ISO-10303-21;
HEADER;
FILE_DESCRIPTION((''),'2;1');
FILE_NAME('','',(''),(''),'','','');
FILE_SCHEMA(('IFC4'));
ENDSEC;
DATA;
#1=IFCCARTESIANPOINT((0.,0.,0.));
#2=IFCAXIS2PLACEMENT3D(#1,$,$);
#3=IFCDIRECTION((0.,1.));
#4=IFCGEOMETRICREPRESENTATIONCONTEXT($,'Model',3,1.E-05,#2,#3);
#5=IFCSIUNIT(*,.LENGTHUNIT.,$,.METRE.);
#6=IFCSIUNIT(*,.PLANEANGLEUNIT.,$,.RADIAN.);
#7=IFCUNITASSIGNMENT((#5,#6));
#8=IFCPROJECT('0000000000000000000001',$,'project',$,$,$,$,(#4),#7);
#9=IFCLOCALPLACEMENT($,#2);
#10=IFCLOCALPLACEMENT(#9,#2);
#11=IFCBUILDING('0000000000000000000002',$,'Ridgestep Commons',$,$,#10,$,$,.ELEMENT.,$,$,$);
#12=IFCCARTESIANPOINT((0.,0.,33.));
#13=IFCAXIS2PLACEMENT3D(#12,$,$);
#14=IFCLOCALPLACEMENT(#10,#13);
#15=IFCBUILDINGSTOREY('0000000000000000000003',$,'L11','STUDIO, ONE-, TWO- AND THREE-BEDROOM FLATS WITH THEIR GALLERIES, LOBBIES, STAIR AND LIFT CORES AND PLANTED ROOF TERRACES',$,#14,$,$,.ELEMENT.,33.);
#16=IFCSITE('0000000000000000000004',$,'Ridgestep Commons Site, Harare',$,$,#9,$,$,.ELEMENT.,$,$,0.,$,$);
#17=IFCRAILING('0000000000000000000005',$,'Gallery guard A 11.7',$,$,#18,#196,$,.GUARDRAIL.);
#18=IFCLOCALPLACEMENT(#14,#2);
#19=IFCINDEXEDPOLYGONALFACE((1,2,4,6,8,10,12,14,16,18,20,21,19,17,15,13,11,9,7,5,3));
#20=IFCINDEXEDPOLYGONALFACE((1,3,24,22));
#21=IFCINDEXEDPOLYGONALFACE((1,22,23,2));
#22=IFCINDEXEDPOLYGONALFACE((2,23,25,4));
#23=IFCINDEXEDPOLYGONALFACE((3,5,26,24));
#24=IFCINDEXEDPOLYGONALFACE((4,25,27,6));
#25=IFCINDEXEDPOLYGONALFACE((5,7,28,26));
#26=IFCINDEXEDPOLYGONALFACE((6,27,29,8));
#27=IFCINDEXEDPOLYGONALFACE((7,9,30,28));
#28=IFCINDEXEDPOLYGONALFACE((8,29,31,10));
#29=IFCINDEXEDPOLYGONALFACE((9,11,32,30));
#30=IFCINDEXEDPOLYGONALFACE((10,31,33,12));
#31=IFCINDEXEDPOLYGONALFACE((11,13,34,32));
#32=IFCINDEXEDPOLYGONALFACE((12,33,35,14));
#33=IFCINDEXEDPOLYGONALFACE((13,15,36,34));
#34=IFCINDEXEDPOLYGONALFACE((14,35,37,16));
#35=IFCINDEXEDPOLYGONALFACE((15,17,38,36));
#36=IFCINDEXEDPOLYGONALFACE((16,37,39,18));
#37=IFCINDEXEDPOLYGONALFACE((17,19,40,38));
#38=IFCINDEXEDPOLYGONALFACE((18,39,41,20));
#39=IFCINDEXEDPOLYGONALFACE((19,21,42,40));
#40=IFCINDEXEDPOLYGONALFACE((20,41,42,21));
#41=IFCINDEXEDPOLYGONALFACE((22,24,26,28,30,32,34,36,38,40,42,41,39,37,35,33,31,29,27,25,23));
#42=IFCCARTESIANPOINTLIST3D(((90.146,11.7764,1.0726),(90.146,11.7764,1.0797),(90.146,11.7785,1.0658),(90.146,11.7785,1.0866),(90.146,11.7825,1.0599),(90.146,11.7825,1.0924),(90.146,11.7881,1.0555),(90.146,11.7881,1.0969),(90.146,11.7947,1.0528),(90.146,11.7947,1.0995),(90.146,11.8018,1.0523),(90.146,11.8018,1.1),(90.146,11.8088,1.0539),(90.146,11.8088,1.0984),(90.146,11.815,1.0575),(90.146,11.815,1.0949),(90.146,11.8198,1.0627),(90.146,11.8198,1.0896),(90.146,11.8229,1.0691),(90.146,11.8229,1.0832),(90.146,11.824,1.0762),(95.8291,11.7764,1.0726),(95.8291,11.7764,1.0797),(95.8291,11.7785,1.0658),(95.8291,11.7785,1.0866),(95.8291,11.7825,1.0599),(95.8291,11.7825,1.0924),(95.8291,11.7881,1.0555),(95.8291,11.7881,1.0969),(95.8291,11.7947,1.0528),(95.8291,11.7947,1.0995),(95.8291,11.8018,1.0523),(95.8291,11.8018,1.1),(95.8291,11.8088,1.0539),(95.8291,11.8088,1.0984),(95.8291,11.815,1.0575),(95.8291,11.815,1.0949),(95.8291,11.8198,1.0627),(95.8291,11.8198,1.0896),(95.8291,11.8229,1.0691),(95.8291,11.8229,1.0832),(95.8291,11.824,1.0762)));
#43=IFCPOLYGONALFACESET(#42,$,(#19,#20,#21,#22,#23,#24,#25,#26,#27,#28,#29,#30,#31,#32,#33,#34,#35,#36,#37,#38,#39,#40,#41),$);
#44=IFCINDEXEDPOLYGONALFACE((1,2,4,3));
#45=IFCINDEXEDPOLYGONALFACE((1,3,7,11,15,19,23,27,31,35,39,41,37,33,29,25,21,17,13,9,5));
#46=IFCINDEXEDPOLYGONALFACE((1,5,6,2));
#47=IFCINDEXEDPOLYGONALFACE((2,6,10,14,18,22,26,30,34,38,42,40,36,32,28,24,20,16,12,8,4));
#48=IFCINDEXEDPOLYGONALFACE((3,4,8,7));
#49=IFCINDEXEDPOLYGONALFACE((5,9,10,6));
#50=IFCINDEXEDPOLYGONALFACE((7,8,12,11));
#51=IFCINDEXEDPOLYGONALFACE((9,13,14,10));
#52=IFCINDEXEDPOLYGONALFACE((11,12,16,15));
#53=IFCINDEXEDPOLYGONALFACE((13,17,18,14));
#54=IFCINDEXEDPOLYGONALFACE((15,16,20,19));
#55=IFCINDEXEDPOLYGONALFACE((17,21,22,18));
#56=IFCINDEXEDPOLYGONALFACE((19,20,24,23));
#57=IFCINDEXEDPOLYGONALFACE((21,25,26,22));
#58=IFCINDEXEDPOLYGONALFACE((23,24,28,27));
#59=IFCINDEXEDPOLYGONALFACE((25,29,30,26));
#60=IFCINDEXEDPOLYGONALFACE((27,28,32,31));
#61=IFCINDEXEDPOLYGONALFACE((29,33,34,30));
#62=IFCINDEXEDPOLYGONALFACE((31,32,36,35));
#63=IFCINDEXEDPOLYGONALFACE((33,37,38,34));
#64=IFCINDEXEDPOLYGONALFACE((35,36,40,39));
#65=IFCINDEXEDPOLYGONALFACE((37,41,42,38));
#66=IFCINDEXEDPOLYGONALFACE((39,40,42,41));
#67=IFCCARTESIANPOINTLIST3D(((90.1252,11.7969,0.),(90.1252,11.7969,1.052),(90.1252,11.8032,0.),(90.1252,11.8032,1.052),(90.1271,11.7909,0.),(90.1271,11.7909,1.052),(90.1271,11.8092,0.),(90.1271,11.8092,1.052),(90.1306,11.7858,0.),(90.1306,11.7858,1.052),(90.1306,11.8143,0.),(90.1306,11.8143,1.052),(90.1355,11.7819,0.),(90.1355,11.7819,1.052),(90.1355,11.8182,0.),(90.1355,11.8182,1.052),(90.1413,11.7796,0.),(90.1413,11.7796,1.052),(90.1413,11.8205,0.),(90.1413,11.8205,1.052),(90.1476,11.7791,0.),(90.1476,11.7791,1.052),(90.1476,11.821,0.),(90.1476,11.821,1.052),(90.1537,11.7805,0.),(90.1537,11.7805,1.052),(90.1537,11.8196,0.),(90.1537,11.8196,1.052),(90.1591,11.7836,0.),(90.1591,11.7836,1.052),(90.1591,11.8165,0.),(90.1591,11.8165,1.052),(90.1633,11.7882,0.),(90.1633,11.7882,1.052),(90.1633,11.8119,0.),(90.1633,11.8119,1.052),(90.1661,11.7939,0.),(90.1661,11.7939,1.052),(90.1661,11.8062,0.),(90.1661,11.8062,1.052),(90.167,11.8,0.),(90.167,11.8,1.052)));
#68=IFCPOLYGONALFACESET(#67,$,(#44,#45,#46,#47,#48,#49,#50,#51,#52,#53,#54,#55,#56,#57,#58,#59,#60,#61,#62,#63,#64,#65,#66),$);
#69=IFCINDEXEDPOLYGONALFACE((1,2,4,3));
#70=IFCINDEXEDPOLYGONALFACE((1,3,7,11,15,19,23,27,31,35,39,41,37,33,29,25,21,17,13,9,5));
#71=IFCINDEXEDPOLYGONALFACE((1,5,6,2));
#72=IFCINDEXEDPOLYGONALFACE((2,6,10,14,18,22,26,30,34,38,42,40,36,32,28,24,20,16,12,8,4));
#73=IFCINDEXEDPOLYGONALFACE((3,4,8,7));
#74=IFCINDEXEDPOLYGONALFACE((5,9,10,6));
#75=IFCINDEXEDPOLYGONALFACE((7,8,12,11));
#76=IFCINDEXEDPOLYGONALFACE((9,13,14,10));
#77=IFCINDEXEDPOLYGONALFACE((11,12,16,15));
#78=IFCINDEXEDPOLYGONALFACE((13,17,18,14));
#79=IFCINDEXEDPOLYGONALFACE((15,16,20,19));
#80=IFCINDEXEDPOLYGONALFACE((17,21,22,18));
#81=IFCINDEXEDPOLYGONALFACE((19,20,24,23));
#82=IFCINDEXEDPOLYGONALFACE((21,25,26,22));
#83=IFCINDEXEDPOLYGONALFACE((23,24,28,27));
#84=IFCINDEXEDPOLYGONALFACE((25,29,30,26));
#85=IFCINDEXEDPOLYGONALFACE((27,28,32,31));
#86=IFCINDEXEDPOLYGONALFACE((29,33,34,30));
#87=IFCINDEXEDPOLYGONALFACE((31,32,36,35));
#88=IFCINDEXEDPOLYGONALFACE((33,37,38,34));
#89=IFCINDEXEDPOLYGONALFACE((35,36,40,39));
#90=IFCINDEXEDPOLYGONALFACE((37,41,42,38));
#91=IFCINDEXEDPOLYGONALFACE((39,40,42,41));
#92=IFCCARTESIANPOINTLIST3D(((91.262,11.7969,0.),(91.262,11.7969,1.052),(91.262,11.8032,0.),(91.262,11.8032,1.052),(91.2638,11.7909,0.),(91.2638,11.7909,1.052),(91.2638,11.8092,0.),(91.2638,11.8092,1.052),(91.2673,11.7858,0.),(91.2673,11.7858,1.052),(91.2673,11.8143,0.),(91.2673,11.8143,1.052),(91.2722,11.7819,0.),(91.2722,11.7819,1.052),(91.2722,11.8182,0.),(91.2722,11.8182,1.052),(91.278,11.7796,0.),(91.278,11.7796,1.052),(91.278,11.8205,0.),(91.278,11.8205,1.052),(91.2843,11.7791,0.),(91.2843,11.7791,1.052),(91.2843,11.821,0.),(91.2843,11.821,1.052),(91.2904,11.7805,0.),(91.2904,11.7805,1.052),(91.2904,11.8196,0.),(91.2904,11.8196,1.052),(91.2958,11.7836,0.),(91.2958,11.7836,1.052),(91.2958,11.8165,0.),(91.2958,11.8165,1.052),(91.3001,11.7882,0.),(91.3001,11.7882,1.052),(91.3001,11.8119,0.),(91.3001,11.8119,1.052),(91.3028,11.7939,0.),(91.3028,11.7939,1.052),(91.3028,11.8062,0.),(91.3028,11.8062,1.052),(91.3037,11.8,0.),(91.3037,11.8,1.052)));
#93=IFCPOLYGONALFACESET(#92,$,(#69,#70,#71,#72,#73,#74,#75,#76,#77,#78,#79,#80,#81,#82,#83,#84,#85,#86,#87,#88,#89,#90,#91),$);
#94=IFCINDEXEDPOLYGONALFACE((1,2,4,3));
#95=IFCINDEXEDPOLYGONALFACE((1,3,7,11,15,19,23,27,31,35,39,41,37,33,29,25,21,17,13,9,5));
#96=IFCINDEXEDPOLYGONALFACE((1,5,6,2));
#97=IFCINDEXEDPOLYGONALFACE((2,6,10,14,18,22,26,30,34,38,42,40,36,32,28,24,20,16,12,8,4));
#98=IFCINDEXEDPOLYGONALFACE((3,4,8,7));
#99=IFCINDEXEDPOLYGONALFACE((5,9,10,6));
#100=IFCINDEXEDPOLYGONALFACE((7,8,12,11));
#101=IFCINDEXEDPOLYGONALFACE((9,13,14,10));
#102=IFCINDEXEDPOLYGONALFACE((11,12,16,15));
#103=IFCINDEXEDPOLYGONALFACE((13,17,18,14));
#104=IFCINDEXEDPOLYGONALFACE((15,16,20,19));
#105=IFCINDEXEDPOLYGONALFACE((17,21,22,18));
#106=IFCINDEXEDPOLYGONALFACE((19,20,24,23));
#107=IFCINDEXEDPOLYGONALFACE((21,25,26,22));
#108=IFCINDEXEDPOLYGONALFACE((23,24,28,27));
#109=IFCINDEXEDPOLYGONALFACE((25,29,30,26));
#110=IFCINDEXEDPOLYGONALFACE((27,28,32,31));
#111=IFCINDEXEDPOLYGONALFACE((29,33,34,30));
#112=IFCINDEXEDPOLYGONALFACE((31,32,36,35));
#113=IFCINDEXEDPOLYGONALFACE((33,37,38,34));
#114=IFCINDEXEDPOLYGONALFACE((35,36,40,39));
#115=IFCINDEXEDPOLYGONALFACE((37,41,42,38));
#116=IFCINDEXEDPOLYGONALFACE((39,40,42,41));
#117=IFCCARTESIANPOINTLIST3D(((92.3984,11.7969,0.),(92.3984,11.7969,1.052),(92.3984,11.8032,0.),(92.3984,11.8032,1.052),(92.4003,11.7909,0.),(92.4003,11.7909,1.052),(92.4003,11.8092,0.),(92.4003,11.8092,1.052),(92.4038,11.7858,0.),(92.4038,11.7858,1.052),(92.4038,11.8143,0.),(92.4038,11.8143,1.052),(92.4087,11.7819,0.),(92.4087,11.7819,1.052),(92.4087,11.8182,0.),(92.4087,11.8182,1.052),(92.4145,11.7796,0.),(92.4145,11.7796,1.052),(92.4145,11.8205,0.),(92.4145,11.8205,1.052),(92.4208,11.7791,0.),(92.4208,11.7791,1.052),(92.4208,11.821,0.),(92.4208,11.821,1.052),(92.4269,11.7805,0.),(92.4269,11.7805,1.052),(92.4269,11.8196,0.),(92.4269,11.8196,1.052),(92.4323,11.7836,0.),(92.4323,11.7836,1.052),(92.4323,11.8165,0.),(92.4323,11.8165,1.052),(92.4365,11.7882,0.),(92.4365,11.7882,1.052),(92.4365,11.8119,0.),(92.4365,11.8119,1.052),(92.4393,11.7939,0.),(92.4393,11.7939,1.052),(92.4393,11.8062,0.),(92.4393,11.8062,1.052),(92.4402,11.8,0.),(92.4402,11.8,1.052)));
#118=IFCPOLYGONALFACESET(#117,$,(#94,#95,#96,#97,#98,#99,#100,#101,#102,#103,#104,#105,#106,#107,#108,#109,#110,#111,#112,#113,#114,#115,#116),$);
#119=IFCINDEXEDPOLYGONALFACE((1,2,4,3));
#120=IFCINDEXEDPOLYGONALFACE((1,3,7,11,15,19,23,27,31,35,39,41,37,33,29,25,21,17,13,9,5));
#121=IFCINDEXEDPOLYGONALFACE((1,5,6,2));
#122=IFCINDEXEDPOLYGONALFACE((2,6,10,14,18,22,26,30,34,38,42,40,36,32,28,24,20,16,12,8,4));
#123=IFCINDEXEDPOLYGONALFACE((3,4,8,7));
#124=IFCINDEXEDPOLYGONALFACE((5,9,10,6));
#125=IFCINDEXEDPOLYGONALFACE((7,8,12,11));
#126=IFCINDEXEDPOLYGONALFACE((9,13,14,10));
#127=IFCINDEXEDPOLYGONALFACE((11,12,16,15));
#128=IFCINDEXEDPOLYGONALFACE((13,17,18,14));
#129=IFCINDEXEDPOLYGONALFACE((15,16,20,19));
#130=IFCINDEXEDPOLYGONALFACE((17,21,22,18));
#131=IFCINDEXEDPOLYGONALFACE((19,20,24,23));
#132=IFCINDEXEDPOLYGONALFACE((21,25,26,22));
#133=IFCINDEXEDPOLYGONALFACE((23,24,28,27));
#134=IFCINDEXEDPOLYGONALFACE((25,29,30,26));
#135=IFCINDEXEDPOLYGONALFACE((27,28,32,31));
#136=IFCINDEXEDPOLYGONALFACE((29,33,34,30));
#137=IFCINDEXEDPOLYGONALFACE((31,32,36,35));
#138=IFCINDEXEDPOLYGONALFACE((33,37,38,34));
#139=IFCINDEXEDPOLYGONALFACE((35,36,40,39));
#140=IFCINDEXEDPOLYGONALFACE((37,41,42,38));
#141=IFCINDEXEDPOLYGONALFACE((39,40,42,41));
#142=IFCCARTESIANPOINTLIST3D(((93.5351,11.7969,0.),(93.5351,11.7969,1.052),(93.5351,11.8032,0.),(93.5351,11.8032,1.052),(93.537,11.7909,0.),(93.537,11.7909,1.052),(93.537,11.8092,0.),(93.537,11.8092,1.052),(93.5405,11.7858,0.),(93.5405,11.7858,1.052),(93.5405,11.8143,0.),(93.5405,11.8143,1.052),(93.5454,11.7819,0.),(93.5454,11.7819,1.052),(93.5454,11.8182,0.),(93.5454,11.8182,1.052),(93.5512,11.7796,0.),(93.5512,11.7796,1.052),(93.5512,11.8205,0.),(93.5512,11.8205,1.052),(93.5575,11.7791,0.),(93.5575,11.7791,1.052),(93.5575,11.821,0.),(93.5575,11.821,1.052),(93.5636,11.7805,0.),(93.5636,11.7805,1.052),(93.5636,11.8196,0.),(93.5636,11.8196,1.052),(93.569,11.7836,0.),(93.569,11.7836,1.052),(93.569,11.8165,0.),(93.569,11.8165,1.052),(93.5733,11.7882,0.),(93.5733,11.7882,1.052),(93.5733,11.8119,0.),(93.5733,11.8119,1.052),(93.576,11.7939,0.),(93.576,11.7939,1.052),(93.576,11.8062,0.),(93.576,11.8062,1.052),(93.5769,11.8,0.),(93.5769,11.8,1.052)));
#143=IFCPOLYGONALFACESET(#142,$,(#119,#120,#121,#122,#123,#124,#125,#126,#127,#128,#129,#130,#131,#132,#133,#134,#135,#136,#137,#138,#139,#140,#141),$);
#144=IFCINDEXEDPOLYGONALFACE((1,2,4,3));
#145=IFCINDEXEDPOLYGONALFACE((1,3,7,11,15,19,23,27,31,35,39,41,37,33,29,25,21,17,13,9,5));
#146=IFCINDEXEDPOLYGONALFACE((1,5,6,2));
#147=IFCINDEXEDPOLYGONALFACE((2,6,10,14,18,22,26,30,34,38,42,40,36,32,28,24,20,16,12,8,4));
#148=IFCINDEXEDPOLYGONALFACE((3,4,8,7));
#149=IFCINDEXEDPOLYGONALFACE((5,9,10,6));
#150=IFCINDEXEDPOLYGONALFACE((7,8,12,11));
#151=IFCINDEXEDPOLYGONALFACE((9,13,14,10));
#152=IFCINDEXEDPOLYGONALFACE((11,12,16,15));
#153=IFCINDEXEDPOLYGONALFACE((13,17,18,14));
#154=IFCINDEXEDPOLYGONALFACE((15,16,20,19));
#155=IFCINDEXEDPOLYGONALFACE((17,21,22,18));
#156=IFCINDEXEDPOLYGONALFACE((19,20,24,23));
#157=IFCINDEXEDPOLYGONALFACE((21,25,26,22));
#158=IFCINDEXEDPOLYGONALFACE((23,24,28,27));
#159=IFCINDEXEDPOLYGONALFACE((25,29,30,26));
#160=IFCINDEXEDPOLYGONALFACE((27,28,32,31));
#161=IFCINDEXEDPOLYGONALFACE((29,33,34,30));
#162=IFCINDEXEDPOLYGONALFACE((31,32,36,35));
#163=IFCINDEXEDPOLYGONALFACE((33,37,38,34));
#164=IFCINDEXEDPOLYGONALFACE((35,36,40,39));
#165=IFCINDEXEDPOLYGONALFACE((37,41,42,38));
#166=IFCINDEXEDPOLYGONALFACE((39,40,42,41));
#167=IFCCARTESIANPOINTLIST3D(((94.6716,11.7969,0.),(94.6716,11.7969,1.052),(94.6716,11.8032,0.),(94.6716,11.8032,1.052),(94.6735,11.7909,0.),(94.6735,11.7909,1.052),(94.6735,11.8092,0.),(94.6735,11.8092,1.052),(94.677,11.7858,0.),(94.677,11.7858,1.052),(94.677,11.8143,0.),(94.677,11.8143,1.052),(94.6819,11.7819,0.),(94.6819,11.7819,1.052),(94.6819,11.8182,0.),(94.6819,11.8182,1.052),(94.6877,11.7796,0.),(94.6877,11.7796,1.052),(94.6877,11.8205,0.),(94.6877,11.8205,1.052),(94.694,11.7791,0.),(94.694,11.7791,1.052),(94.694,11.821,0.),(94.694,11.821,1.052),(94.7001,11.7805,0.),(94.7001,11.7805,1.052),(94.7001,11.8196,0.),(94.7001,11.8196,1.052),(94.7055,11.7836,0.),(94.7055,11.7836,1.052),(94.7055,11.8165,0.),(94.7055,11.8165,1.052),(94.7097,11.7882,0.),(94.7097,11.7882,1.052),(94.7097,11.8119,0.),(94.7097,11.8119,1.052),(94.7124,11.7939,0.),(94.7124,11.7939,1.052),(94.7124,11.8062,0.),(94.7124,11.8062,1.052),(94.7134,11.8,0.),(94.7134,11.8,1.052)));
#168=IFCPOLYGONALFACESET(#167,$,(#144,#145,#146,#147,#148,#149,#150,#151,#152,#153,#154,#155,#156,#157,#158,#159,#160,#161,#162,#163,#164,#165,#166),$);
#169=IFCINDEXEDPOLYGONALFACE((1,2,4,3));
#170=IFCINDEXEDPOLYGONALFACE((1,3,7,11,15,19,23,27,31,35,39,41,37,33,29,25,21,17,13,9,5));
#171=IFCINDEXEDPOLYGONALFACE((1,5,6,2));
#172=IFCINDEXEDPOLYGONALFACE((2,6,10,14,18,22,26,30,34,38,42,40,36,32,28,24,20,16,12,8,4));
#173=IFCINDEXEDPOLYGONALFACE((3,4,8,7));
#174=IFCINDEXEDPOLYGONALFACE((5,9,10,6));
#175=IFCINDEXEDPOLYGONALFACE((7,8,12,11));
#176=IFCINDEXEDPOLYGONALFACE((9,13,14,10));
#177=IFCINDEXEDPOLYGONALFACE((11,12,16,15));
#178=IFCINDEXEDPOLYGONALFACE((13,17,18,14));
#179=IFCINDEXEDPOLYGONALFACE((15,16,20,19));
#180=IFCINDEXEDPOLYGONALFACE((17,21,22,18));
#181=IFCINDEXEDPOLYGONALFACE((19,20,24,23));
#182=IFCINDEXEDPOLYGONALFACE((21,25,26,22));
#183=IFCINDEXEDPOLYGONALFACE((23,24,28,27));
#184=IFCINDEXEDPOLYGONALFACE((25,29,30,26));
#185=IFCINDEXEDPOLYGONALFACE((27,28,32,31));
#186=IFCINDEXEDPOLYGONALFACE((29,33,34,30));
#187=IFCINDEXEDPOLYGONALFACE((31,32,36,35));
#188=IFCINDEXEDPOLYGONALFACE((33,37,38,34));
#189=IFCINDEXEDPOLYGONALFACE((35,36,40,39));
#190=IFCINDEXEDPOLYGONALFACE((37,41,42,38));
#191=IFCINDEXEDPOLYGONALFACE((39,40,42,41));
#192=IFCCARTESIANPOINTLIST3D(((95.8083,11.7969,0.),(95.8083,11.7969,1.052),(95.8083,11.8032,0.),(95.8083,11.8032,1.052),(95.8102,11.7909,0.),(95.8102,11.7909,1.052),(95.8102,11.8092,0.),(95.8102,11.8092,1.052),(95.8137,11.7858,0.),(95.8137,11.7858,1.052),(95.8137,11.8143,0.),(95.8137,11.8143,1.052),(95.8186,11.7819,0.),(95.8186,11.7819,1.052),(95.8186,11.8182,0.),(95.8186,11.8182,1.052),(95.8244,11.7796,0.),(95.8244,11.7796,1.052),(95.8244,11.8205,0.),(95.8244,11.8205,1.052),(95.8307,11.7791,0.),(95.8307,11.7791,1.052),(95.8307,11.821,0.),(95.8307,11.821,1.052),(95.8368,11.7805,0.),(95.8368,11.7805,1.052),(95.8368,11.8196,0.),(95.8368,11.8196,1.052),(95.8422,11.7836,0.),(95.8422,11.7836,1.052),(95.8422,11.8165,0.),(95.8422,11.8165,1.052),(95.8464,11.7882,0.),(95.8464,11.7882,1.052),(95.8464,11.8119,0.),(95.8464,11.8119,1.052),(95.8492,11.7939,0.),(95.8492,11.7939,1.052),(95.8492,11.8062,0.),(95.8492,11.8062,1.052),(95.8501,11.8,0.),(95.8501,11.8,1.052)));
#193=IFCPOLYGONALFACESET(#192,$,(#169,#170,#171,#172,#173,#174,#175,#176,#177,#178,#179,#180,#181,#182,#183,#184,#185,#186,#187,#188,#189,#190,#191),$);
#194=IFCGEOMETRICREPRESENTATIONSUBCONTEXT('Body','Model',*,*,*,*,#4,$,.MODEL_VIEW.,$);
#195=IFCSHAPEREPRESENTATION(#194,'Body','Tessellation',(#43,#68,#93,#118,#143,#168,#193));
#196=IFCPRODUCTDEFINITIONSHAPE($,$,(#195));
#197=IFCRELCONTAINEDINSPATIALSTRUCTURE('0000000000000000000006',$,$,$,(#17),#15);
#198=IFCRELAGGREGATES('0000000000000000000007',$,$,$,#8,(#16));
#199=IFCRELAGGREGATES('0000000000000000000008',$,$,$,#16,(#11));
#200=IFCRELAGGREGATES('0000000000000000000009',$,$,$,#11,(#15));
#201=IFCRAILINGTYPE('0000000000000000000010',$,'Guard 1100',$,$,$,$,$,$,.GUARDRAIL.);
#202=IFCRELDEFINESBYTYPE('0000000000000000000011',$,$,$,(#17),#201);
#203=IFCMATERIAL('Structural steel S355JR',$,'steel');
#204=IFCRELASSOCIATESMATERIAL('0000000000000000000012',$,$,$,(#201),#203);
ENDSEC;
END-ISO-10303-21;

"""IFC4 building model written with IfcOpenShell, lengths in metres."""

from ifc_helpers import new_model, si_unit, direction, frame, origin, origin_2d, place, context, subcontext, project, spatial, circle, extrude, material, type_object, element, save


model = new_model("IFC4")

# Units and contexts
model_context = context("Model", 3, precision=1e-05, world=origin(), true_north=direction((0.0, 1.0)))
body_context = subcontext(model_context, "Body", "Model", "MODEL_VIEW")
ifc_project = project(units=[si_unit("LENGTHUNIT", "METRE"), si_unit("PLANEANGLEUNIT", "RADIAN")], contexts=[model_context])

# Site, building, storey
site_placement = place(None, origin())
site = spatial("IfcSite", under=ifc_project, at=site_placement, Name="Ridgestep Commons Site, Harare", CompositionType="ELEMENT", RefElevation=0.0)
building_placement = place(site_placement, origin())
building = spatial("IfcBuilding", under=site, at=building_placement, Name="Ridgestep Commons", CompositionType="ELEMENT")
storey_placement = place(building_placement, frame((0.0, 0.0, 33.0)))
storey = spatial("IfcBuildingStorey", under=building, at=storey_placement, Name="L11", Description="STUDIO, ONE-, TWO- AND THREE-BEDROOM FLATS WITH THEIR GALLERIES, LOBBIES, STAIR AND LIFT CORES AND PLANTED ROOF TERRACES", CompositionType="ELEMENT", Elevation=33.0)

# Railing
ifc_material_1 = material(Name="Structural steel S355JR", Category="steel")
railing_type_1 = type_object("IfcRailingType", Name="Guard 1100", PredefinedType="GUARDRAIL", material=ifc_material_1)
railing_1_placement = place(storey_placement, frame((90.146, 11.8, 0.0)))
element("IfcRailing", 1, at=railing_1_placement, inside=storey, type_object=railing_type_1, Name="Gallery guard A 11.7", PredefinedType="GUARDRAIL", context=body_context, shape_type="SweptSolid", body=[
    extrude(circle(Radius=0.0239, at=origin_2d()), frame((0.0, 0.0, 1.0762), z_axis=(1.0, 0.0, 0.0), x_axis=(0.0, 1.0, 0.0)), (0.0, 0.0, 1.0), 5.6831),
    extrude(circle(Radius=0.021, at=origin_2d()), origin(), (0.0, 0.0, 1.0), 1.052),
    extrude(circle(Radius=0.021, at=origin_2d()), frame((1.1367, 0.0, 0.0)), (0.0, 0.0, 1.0), 1.052),
    extrude(circle(Radius=0.021, at=origin_2d()), frame((2.2732, 0.0, 0.0)), (0.0, 0.0, 1.0), 1.052),
    extrude(circle(Radius=0.021, at=origin_2d()), frame((3.4099, 0.0, 0.0)), (0.0, 0.0, 1.0), 1.052),
    extrude(circle(Radius=0.021, at=origin_2d()), frame((4.5464, 0.0, 0.0)), (0.0, 0.0, 1.0), 1.052),
    extrude(circle(Radius=0.021, at=origin_2d()), frame((5.6831, 0.0, 0.0)), (0.0, 0.0, 1.0), 1.052),
])

save(model, "model.ifc")
